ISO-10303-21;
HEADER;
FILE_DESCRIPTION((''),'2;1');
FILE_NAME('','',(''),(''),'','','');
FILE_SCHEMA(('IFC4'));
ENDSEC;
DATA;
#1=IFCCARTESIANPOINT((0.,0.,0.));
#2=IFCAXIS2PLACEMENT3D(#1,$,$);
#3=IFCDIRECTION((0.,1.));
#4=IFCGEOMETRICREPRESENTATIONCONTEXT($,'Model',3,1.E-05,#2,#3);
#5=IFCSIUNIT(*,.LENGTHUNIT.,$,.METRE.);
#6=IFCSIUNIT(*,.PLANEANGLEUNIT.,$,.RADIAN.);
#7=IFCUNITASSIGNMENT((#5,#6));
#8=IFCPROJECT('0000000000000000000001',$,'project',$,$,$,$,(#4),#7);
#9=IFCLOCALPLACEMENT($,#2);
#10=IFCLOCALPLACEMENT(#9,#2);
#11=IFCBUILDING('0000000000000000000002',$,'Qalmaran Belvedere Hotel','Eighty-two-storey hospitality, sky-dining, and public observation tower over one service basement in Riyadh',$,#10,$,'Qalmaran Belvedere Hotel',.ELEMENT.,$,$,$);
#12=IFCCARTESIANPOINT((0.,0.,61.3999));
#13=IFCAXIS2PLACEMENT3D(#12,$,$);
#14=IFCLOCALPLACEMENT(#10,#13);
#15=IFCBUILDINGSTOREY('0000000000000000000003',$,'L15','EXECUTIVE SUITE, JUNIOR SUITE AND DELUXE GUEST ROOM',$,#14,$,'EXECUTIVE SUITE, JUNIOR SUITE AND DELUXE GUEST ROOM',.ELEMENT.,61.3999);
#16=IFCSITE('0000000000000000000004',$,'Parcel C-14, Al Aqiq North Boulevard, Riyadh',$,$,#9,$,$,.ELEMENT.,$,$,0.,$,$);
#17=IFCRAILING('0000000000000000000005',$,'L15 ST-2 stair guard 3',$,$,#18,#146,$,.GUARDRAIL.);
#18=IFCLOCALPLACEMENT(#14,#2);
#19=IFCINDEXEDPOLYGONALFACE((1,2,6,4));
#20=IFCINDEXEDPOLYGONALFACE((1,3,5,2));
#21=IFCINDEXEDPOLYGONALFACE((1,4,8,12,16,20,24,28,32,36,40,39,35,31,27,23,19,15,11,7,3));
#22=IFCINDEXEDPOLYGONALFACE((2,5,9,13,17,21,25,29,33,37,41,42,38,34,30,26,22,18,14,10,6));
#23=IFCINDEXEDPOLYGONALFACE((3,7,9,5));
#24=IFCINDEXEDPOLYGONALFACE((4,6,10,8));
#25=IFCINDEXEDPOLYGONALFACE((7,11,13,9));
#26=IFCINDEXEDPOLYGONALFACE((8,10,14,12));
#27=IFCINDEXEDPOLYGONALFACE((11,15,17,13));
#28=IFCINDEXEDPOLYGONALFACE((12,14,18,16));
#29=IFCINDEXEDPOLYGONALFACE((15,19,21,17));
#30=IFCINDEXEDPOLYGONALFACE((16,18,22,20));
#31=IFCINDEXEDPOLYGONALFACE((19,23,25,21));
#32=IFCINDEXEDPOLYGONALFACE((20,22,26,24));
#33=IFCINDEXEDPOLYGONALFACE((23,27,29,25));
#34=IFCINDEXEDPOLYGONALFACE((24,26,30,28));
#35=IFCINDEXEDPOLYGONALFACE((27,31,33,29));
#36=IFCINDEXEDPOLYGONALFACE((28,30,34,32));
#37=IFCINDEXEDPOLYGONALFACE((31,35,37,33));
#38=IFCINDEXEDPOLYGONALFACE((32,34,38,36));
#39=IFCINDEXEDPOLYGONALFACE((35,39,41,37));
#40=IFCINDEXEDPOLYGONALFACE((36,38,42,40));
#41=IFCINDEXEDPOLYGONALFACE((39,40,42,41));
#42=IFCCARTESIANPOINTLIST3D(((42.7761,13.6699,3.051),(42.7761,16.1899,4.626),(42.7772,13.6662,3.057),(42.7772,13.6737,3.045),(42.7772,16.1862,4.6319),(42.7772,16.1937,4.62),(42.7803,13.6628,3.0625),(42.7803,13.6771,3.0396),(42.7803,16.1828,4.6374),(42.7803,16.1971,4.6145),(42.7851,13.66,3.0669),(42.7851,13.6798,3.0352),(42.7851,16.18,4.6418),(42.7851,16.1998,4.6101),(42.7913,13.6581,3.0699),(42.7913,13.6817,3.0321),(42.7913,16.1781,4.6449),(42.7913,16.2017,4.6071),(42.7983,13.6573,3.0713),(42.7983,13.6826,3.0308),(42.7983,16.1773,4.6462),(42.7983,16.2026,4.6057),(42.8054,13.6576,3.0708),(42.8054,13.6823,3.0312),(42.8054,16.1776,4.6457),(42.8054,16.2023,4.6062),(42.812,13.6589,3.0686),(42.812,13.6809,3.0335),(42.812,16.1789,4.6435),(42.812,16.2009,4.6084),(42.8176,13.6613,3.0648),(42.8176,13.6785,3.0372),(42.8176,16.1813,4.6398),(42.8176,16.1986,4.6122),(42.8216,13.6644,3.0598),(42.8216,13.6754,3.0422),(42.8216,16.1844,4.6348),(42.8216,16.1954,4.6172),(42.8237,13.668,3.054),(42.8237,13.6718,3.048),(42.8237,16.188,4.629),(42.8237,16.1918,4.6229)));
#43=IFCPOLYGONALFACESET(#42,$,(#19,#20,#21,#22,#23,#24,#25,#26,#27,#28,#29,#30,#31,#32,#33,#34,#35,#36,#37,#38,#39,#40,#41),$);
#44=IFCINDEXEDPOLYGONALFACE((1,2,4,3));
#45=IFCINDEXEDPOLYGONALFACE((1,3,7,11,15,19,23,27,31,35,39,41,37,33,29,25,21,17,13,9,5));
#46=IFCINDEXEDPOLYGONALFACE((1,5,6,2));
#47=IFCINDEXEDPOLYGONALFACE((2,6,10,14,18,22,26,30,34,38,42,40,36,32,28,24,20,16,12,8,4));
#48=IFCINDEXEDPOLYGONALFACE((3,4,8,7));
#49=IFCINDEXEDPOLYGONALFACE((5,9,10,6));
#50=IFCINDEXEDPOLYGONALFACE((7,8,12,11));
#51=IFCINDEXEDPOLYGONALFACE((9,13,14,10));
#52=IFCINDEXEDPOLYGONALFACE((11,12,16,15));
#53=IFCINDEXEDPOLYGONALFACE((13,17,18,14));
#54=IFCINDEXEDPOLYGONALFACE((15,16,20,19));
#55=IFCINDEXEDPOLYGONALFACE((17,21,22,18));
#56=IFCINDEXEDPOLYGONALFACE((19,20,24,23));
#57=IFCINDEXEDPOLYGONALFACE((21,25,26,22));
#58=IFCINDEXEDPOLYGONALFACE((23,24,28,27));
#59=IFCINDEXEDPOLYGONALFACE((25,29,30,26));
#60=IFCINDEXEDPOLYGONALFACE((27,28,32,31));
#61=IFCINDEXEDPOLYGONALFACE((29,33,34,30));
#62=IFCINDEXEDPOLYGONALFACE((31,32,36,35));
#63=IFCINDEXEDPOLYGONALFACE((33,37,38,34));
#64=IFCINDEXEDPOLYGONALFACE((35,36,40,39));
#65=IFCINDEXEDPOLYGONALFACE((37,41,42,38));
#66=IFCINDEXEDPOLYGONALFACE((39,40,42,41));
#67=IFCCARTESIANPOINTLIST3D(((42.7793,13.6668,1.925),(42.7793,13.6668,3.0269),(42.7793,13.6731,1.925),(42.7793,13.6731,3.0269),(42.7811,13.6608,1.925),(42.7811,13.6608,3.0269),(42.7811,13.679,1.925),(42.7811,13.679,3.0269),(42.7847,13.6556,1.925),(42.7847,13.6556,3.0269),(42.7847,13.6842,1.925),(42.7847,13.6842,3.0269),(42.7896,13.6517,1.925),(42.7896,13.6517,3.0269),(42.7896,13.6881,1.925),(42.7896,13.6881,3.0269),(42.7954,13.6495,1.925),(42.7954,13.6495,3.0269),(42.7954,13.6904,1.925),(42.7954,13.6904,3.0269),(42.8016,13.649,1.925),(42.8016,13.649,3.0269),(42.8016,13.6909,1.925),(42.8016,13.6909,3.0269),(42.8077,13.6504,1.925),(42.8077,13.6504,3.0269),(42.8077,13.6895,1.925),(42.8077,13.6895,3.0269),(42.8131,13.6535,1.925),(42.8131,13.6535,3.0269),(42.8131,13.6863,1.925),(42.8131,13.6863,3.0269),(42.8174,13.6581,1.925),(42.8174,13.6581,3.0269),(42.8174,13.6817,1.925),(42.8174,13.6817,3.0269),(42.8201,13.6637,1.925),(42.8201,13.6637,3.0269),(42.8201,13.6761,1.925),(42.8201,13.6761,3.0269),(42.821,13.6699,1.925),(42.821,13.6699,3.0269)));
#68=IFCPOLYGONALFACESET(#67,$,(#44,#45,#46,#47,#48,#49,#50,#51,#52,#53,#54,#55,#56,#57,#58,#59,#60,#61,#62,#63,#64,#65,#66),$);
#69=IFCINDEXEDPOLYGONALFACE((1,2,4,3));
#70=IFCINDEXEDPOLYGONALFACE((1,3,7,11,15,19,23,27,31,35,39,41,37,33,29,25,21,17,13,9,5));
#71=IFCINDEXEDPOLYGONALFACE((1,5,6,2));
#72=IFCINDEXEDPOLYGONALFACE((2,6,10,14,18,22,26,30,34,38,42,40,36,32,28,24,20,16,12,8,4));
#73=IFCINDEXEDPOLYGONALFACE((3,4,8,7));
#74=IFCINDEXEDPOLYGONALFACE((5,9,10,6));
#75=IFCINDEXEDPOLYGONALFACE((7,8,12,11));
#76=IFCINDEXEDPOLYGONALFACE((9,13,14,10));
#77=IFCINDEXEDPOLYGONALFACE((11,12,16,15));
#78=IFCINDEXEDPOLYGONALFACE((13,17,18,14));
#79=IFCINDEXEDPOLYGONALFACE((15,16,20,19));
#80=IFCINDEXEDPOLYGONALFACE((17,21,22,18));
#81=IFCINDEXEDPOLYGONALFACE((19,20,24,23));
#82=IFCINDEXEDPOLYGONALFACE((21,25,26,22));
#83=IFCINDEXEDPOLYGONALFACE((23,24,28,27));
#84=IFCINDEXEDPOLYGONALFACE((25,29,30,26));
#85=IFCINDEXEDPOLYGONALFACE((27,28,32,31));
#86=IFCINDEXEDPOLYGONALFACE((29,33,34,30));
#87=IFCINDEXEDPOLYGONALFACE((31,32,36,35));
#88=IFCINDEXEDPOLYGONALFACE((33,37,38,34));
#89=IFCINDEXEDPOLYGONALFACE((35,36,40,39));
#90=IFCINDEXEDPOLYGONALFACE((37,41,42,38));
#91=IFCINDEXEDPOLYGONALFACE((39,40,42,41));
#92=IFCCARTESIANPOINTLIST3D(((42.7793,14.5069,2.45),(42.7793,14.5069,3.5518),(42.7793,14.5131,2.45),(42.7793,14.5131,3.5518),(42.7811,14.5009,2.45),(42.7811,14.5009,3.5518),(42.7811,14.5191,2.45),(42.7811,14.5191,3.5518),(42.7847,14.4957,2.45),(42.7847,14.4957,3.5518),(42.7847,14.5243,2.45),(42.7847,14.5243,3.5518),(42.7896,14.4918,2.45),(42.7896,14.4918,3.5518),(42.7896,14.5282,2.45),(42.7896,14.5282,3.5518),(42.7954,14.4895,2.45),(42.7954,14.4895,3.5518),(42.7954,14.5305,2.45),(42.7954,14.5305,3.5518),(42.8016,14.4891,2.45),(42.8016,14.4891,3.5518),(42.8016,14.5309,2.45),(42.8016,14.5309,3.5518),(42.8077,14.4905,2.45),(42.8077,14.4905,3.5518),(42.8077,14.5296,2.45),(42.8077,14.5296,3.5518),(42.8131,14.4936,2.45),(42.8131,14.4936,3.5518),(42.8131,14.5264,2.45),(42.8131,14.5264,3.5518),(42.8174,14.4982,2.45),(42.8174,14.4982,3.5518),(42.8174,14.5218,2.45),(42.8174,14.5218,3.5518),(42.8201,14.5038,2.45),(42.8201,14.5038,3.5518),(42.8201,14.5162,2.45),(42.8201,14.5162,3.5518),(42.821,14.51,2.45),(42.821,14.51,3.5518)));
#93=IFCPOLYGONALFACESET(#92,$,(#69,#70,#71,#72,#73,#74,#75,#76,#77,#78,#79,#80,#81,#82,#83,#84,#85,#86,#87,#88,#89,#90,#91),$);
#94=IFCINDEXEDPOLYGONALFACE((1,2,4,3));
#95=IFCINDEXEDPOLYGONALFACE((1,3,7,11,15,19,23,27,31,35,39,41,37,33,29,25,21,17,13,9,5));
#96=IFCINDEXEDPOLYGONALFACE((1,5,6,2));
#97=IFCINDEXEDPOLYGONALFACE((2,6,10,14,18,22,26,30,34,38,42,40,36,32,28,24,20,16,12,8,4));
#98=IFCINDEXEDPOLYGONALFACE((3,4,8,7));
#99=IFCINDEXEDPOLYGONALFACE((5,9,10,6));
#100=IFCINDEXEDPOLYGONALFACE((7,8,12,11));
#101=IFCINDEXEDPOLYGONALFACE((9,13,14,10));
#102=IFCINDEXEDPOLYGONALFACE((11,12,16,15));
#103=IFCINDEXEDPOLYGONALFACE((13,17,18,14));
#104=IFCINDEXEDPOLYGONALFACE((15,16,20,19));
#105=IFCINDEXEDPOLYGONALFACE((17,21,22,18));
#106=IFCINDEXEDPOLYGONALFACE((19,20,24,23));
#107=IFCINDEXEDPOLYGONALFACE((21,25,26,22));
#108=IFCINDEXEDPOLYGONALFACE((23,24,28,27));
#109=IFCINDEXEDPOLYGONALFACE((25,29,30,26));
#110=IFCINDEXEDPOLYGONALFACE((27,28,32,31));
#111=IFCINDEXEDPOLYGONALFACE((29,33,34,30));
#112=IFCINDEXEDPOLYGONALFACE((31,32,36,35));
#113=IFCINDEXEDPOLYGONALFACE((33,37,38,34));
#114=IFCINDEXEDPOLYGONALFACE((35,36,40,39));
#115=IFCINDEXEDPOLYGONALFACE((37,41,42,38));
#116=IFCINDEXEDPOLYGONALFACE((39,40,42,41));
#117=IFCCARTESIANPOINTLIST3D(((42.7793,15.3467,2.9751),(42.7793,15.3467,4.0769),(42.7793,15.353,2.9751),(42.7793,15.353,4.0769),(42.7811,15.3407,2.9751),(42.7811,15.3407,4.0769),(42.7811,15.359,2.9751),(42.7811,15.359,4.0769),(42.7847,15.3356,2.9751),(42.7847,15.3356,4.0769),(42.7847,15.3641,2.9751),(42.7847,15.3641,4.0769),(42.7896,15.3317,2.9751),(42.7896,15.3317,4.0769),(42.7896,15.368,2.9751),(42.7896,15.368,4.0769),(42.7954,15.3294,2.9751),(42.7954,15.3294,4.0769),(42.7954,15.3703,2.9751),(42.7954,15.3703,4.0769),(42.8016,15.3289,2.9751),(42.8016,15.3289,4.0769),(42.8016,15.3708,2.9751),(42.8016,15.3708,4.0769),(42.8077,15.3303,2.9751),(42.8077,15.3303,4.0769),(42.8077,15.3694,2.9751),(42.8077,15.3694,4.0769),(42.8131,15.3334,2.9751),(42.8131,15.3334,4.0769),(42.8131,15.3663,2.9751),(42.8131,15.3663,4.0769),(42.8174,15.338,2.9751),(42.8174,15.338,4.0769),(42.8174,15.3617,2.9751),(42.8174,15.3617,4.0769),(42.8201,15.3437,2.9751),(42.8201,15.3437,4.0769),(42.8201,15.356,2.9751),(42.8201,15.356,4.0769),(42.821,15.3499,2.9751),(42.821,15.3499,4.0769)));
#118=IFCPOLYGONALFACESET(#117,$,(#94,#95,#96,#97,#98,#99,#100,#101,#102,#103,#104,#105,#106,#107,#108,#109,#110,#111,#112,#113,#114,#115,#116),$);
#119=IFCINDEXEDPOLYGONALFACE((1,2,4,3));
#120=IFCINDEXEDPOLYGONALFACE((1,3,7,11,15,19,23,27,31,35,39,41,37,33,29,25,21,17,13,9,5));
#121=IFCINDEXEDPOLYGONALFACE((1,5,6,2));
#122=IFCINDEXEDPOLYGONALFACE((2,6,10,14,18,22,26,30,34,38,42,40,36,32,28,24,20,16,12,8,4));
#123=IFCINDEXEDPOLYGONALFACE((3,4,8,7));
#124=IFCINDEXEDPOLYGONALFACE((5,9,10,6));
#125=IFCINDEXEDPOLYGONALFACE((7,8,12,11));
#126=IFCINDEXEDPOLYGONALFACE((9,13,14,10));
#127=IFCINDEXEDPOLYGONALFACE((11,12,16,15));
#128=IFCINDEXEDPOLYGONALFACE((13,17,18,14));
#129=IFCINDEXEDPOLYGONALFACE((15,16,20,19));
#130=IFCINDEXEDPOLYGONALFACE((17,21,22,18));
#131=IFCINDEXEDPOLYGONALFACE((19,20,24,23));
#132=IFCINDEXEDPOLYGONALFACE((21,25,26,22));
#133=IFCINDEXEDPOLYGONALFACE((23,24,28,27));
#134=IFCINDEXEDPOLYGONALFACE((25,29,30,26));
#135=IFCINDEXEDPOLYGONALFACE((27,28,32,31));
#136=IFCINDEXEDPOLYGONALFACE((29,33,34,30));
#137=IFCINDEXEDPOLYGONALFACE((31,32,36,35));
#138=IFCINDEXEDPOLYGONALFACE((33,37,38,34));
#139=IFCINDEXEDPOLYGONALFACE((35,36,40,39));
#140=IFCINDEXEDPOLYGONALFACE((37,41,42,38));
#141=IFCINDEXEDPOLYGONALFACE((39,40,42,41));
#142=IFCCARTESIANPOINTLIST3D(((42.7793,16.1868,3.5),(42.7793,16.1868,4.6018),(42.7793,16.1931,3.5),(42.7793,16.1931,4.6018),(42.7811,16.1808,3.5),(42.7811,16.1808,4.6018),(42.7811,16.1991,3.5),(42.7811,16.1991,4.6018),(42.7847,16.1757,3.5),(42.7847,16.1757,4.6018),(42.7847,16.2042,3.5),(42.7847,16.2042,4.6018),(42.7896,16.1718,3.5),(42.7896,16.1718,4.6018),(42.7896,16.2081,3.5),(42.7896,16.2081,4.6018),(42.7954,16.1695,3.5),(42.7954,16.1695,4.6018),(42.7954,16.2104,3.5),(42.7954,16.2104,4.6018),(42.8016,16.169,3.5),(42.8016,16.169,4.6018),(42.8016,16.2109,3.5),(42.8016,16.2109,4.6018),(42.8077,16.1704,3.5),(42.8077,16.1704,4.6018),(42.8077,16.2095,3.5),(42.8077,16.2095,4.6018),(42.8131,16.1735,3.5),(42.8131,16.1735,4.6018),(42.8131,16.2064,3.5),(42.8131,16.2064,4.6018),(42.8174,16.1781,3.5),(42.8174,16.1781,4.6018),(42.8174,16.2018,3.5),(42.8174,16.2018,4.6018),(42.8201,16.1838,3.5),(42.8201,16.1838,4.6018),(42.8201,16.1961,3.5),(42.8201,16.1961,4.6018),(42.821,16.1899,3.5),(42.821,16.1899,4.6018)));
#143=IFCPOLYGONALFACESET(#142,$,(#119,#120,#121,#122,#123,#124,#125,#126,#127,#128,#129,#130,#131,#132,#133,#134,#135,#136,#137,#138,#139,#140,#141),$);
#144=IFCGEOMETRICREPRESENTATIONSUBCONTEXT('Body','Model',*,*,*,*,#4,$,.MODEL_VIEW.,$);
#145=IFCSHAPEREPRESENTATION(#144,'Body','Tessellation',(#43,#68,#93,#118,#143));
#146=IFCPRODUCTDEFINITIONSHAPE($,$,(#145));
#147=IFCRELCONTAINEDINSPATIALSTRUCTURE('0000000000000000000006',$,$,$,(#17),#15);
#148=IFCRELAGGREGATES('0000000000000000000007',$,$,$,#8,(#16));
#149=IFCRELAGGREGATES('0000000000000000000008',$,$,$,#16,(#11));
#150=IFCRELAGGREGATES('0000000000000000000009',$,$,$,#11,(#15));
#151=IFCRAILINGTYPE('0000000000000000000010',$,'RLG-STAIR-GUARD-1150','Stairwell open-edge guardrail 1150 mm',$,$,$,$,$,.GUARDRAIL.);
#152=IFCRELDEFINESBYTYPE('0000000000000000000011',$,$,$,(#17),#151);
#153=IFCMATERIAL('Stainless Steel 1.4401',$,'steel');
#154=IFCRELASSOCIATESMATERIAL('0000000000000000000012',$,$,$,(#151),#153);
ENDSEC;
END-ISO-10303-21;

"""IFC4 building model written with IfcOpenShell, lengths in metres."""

from ifc_helpers import new_model, si_unit, direction, frame, origin, origin_2d, place, context, subcontext, project, spatial, circle, extrude, material, type_object, element, save


model = new_model("IFC4")

# Units and contexts
model_context = context("Model", 3, precision=1e-05, world=origin(), true_north=direction((0.0, 1.0)))
body_context = subcontext(model_context, "Body", "Model", "MODEL_VIEW")
ifc_project = project(units=[si_unit("LENGTHUNIT", "METRE"), si_unit("PLANEANGLEUNIT", "RADIAN")], contexts=[model_context])

# Site, building, storey
site_placement = place(None, origin())
site = spatial("IfcSite", under=ifc_project, at=site_placement, Name="Parcel C-14, Al Aqiq North Boulevard, Riyadh", CompositionType="ELEMENT", RefElevation=0.0)
building_placement = place(site_placement, origin())
building = spatial("IfcBuilding", under=site, at=building_placement, Name="Qalmaran Belvedere Hotel", Description="Eighty-two-storey hospitality, sky-dining, and public observation tower over one service basement in Riyadh", LongName="Qalmaran Belvedere Hotel", CompositionType="ELEMENT")
storey_placement = place(building_placement, frame((0.0, 0.0, 61.3999)))
storey = spatial("IfcBuildingStorey", under=building, at=storey_placement, Name="L15", Description="EXECUTIVE SUITE, JUNIOR SUITE AND DELUXE GUEST ROOM", LongName="EXECUTIVE SUITE, JUNIOR SUITE AND DELUXE GUEST ROOM", CompositionType="ELEMENT", Elevation=61.3999)

# Shared definitions
ifc_material_1 = material(Name="Stainless Steel 1.4401", Category="steel")

# Railing
railing_type_1 = type_object("IfcRailingType", Name="RLG-STAIR-GUARD-1150", Description="Stairwell open-edge guardrail 1150 mm", PredefinedType="GUARDRAIL", material=ifc_material_1)
railing_1_placement = place(storey_placement, frame((42.8, 13.6699, 1.925)))
element("IfcRailing", 1, at=railing_1_placement, inside=storey, type_object=railing_type_1, Name="L15 ST-2 stair guard 3", PredefinedType="GUARDRAIL", context=body_context, shape_type="SweptSolid", body=[
    extrude(circle(Radius=0.0239, at=origin_2d()), frame((0.0, 0.0, 1.126), z_axis=(0.0, 0.848008, 0.529984), x_axis=(-1.0, 0.0, 0.0)), (0.0, 0.0, 1.0), 2.9717),
    extrude(circle(Radius=0.021, at=origin_2d()), origin(), (0.0, 0.0, 1.0), 1.1018),
    extrude(circle(Radius=0.021, at=origin_2d()), frame((0.0, 0.8401, 0.5249)), (0.0, 0.0, 1.0), 1.1018),
    extrude(circle(Radius=0.021, at=origin_2d()), frame((0.0, 1.6799, 1.05)), (0.0, 0.0, 1.0), 1.1018),
    extrude(circle(Radius=0.021, at=origin_2d()), frame((0.0, 2.52, 1.575)), (0.0, 0.0, 1.0), 1.1018),
])

save(model, "model.ifc")
